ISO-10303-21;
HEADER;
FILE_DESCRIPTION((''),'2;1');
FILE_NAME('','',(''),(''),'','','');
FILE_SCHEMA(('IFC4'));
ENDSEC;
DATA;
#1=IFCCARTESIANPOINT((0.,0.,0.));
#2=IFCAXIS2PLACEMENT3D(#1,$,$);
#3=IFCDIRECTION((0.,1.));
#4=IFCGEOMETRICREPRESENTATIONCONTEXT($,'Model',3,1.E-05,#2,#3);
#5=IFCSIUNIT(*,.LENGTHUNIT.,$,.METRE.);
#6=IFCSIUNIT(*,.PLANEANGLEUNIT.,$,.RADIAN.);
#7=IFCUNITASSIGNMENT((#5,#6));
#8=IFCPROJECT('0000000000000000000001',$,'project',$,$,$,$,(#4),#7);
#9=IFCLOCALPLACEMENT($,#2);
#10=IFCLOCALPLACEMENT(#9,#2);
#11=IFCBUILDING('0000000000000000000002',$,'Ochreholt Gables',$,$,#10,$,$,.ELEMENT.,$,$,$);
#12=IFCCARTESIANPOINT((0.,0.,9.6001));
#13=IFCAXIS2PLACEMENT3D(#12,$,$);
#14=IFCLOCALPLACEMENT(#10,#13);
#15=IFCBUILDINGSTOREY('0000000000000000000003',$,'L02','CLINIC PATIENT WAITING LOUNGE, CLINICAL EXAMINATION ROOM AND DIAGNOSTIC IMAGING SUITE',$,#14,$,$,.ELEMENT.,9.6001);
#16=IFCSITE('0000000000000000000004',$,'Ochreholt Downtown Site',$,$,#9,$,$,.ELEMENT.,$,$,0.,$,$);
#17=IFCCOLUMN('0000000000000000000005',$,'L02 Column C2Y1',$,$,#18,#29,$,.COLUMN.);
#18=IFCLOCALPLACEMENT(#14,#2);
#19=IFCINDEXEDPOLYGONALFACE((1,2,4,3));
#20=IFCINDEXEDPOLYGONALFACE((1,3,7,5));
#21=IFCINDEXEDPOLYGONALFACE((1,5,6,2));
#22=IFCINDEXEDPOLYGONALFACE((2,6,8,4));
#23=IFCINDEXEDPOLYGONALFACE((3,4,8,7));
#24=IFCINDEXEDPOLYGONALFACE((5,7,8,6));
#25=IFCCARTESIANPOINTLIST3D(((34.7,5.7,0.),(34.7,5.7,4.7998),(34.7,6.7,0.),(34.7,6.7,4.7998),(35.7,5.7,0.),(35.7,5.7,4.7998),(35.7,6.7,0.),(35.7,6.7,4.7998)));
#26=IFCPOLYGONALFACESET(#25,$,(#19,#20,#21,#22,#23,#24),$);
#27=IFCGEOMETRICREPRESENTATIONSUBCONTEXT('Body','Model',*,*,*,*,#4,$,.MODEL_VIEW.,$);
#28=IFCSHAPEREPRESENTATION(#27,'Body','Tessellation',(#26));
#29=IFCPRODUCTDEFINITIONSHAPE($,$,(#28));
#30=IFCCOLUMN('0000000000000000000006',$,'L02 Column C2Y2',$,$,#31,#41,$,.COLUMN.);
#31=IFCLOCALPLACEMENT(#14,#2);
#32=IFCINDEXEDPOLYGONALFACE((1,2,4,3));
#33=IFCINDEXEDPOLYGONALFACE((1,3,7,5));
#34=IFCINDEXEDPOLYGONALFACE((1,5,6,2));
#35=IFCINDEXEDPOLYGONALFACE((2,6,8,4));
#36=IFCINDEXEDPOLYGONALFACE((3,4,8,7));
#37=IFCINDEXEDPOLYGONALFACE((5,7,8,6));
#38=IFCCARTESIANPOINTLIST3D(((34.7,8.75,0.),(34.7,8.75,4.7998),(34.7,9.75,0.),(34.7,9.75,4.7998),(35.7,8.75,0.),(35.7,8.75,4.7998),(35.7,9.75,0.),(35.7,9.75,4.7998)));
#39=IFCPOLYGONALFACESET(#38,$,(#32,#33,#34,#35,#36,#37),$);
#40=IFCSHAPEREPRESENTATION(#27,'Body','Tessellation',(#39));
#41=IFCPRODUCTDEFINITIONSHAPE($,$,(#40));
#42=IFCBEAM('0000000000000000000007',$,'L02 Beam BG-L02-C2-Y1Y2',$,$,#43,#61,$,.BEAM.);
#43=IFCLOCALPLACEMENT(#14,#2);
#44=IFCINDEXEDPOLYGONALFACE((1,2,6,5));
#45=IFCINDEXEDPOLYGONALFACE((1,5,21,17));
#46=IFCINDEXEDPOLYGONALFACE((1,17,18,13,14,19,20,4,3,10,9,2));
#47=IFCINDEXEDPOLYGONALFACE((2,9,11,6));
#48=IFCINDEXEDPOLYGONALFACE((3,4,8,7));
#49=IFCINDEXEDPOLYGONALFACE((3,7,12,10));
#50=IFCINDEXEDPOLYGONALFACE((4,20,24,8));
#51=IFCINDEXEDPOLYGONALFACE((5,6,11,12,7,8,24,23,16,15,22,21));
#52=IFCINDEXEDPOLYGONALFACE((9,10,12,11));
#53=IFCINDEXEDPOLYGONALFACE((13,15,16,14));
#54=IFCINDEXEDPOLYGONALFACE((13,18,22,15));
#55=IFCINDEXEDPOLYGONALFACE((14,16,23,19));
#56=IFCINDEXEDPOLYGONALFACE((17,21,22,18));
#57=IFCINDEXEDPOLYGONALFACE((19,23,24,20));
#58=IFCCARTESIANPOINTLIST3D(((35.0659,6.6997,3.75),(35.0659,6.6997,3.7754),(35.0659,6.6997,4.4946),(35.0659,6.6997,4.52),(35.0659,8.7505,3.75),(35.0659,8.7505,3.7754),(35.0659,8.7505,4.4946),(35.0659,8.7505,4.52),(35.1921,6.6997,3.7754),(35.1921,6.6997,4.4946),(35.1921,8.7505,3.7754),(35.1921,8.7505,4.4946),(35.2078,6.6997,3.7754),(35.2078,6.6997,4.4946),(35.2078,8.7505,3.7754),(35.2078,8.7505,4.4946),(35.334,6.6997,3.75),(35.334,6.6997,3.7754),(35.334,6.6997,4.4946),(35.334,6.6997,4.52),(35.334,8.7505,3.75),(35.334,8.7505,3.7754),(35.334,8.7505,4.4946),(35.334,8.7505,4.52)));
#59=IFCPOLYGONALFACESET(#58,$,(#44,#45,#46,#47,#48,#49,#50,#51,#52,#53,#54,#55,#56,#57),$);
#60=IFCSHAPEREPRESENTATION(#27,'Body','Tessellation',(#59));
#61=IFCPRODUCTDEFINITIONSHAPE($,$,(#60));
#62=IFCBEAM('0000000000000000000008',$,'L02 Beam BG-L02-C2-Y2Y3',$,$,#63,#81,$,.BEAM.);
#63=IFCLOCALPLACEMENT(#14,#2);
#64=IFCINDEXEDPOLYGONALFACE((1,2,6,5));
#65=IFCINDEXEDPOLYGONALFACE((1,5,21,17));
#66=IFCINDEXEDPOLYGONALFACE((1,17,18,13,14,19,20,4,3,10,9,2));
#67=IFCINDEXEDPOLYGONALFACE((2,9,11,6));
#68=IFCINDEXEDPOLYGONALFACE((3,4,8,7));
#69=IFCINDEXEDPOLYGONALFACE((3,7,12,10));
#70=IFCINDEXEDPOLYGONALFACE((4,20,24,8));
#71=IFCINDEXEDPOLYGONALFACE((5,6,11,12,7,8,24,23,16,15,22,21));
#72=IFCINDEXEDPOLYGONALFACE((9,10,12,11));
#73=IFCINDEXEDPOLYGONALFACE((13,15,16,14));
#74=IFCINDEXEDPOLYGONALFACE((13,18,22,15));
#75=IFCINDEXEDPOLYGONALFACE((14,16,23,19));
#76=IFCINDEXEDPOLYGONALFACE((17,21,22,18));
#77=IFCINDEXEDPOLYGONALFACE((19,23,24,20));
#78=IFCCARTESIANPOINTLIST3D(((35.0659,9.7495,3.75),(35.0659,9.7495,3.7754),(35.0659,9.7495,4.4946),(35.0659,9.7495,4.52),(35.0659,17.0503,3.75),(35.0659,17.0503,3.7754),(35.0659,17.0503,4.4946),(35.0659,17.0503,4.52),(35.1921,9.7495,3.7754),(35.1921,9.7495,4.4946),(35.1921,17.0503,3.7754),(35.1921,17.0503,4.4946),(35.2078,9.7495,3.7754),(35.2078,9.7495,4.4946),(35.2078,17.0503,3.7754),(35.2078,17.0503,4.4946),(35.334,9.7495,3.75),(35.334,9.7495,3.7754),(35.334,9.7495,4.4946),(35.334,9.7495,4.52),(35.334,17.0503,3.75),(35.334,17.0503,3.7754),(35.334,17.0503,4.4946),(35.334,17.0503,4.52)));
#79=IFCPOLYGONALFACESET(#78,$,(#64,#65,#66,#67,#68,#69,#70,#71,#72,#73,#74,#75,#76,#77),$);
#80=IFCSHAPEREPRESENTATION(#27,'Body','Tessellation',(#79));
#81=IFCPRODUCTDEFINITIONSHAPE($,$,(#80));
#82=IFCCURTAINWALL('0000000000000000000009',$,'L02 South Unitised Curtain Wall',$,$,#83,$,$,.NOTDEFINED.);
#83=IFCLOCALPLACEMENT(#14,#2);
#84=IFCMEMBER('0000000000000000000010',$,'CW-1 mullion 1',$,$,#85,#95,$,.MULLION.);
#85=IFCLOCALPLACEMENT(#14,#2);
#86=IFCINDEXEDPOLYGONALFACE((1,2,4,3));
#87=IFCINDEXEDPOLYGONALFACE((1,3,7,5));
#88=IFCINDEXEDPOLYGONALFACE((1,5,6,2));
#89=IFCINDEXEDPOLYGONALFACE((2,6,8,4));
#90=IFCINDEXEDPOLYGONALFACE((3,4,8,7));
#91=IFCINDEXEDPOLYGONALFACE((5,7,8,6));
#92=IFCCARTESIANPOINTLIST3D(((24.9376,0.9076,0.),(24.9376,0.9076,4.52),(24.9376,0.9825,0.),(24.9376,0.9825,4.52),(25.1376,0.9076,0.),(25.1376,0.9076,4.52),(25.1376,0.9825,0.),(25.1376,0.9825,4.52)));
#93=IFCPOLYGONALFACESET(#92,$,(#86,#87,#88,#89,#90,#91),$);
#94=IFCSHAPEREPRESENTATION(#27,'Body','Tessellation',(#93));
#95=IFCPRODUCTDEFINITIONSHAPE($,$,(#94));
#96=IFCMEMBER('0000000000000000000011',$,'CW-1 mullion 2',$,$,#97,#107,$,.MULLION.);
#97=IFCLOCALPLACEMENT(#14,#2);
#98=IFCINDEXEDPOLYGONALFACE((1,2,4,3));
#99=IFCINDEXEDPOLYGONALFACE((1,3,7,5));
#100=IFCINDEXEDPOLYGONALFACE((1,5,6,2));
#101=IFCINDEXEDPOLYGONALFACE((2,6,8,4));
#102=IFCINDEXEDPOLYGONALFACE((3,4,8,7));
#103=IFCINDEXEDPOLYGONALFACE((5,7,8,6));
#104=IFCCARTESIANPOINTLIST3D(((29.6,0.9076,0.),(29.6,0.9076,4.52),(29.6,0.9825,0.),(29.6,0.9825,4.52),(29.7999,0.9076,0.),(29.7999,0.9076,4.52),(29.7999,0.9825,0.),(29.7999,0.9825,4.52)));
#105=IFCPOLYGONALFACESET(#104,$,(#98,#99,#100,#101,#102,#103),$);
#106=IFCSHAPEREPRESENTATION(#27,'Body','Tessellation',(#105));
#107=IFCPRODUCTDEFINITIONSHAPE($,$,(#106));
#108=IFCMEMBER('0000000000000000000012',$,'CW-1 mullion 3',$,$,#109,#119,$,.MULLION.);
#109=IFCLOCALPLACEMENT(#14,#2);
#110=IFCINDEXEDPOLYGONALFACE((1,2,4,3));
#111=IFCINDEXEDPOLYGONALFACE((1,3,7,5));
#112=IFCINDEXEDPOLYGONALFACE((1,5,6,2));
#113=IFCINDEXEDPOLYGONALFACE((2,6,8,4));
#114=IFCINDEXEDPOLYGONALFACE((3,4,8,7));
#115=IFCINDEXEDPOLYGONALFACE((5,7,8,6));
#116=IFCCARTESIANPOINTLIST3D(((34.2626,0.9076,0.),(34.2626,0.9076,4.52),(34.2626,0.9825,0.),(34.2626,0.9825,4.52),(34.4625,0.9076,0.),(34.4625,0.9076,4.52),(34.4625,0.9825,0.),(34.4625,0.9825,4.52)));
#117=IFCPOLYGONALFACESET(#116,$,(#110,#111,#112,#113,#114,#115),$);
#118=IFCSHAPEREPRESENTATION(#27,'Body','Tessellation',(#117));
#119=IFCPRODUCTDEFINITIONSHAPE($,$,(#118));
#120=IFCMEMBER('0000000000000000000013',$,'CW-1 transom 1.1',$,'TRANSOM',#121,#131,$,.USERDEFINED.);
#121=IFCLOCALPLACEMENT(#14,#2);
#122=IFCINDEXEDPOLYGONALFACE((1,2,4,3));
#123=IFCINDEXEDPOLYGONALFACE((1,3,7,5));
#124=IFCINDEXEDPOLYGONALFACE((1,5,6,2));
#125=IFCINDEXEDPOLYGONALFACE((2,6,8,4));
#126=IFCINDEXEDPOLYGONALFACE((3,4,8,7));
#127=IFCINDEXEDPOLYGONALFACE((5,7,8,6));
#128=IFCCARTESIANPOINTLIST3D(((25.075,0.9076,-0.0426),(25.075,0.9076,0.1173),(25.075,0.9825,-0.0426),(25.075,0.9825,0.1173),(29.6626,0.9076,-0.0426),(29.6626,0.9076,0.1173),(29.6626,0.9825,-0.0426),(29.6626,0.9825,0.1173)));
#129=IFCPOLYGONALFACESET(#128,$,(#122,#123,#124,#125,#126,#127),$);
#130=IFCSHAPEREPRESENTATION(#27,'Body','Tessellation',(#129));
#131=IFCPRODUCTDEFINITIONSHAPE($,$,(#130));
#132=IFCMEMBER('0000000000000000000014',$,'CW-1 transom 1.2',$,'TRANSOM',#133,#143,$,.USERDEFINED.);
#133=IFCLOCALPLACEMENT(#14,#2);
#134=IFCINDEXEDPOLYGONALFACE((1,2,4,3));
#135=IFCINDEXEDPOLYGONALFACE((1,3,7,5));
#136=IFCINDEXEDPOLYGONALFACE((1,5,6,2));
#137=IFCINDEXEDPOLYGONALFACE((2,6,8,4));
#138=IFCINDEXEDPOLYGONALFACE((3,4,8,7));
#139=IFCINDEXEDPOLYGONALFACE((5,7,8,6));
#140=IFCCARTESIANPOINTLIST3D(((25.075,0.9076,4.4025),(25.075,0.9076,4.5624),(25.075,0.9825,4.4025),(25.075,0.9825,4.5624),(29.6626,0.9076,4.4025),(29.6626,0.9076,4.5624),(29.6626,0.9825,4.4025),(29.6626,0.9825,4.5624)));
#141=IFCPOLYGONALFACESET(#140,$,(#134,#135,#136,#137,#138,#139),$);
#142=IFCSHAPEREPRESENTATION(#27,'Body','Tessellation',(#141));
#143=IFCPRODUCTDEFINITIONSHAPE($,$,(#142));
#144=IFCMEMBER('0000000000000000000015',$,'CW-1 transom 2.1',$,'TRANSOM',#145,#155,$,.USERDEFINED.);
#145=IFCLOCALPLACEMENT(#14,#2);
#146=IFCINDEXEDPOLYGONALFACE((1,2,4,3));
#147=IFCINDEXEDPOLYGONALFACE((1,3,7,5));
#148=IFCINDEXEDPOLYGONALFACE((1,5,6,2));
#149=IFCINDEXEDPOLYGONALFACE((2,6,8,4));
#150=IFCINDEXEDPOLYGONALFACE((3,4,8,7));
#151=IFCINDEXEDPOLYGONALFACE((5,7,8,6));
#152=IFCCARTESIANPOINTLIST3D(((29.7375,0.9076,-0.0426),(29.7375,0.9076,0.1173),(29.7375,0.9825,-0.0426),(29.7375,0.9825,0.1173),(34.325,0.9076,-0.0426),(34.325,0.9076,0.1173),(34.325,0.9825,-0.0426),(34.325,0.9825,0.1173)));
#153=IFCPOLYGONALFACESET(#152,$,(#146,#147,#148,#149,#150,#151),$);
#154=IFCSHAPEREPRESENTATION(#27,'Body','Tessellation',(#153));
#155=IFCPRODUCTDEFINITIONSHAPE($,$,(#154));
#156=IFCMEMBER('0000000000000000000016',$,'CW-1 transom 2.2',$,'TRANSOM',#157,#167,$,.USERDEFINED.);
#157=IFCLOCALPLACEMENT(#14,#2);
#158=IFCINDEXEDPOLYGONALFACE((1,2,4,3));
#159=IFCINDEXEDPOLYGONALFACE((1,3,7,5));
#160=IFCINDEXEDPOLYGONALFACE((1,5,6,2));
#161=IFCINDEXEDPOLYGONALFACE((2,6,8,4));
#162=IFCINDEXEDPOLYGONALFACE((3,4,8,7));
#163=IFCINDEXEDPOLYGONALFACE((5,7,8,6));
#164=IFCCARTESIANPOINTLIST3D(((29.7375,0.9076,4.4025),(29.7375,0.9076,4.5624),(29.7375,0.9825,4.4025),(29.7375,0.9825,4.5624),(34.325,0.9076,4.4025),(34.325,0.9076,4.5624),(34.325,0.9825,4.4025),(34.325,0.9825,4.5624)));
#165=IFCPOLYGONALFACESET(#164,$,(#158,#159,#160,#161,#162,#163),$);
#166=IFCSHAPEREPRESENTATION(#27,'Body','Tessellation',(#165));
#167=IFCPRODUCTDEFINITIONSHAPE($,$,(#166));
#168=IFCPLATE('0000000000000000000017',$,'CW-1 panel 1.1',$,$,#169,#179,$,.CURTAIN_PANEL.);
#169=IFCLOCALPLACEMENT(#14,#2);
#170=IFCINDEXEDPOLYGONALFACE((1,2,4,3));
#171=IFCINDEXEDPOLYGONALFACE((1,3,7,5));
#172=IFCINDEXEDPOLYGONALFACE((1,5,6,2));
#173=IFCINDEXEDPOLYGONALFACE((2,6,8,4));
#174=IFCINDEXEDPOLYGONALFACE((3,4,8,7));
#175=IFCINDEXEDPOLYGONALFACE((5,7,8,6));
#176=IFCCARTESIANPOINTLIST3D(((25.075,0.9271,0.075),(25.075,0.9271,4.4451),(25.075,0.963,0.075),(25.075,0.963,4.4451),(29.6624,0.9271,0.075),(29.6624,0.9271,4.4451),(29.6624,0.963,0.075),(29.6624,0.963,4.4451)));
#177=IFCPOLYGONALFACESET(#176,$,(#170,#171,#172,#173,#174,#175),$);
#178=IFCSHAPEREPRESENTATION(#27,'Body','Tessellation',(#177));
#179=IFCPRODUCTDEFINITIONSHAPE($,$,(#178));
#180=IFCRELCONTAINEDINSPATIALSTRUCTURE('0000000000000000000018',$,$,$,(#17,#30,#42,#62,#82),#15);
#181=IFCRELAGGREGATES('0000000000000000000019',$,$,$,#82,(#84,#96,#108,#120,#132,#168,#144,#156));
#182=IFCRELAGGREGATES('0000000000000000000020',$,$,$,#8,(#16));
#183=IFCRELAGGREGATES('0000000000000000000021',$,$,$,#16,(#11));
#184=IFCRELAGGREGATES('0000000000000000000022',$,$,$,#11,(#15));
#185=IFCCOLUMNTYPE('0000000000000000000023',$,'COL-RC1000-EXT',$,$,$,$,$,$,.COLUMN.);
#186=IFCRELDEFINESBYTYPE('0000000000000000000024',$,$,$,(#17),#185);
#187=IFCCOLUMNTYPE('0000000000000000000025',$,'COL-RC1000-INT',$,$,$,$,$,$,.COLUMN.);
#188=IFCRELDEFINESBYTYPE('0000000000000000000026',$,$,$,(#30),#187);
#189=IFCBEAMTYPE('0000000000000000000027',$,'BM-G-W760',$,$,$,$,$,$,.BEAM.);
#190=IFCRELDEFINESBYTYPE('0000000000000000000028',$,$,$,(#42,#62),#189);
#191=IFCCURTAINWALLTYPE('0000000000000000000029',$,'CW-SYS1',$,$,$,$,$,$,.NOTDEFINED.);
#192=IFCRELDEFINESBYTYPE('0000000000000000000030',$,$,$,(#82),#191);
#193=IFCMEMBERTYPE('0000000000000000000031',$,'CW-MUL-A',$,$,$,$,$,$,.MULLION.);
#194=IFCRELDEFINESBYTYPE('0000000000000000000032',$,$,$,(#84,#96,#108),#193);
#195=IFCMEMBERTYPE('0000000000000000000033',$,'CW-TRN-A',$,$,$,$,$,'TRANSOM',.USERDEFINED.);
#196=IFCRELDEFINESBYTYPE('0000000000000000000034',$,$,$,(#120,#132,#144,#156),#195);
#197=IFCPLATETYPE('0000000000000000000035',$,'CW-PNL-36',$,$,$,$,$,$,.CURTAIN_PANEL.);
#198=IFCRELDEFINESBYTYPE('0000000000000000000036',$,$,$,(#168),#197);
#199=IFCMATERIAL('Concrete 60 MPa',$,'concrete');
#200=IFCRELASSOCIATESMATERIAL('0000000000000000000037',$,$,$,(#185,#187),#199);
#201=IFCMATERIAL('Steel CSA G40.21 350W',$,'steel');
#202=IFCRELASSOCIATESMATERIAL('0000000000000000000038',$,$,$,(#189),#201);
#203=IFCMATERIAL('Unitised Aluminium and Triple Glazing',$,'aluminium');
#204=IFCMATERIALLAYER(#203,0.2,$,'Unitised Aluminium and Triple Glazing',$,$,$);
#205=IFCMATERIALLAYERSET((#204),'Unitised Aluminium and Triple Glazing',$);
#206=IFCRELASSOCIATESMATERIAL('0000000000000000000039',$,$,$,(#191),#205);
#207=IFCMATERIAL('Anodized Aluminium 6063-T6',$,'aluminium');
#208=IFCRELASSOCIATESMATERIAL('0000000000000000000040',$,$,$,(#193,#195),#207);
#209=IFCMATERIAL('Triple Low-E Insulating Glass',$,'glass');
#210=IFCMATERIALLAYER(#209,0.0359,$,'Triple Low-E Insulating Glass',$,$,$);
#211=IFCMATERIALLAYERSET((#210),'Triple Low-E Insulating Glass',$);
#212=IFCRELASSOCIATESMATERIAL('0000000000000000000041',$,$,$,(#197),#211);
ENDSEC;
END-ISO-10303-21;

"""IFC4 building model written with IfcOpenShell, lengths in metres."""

from ifc_helpers import new_model, si_unit, direction, frame, origin, origin_2d, place, context, subcontext, project, spatial, rectangle, i_section, extrude, material, layer, layer_set, material_profile, profile_set, type_object, element, aggregate, save


model = new_model("IFC4")

# Units and contexts
model_context = context("Model", 3, precision=1e-05, world=origin(), true_north=direction((0.0, 1.0)))
body_context = subcontext(model_context, "Body", "Model", "MODEL_VIEW")
ifc_project = project(units=[si_unit("LENGTHUNIT", "METRE"), si_unit("PLANEANGLEUNIT", "RADIAN")], contexts=[model_context])

# Site, building, storey
site_placement = place(None, origin())
site = spatial("IfcSite", under=ifc_project, at=site_placement, Name="Ochreholt Downtown Site", CompositionType="ELEMENT", RefElevation=0.0)
building_placement = place(site_placement, origin())
building = spatial("IfcBuilding", under=site, at=building_placement, Name="Ochreholt Gables", CompositionType="ELEMENT")
storey_placement = place(building_placement, frame((0.0, 0.0, 9.6001)))
storey = spatial("IfcBuildingStorey", under=building, at=storey_placement, Name="L02", Description="CLINIC PATIENT WAITING LOUNGE, CLINICAL EXAMINATION ROOM AND DIAGNOSTIC IMAGING SUITE", CompositionType="ELEMENT", Elevation=9.6001)

# Columns
ifc_material_1 = material(Name="Concrete 60 MPa", Category="concrete")
ifc_material_profile_1 = material_profile(ifc_material_1, rectangle(XDim=1.0, YDim=1.0, at=origin_2d()), Name="RC1000X1000")
ifc_profile_set_1 = profile_set([ifc_material_profile_1], Name="Concrete 60 MPa")
column_type_1 = type_object("IfcColumnType", Name="COL-RC1000-EXT", PredefinedType="COLUMN", material=ifc_profile_set_1)
column_1_placement = place(storey_placement, frame((35.2, 6.2, 0.0), z_axis=(0.0, 0.0, 1.0), x_axis=(1.0, 0.0, 0.0)))
element("IfcColumn", 1, at=column_1_placement, inside=storey, type_object=column_type_1, Name="L02 Column C2Y1", PredefinedType="COLUMN", context=body_context, shape_type="SweptSolid", body=[
    extrude(rectangle(XDim=1.0, YDim=1.0, at=origin_2d()), origin(), (0.0, 0.0, 1.0), 4.7998),
])
ifc_material_profile_2 = material_profile(ifc_material_1, rectangle(XDim=1.0, YDim=1.0, at=origin_2d()), Name="RC1000X1000")
ifc_profile_set_2 = profile_set([ifc_material_profile_2], Name="Concrete 60 MPa")
column_type_2 = type_object("IfcColumnType", Name="COL-RC1000-INT", PredefinedType="COLUMN", material=ifc_profile_set_2)
column_2_placement = place(storey_placement, frame((35.2, 9.25, 0.0), z_axis=(0.0, 0.0, 1.0), x_axis=(1.0, 0.0, 0.0)))
element("IfcColumn", 2, at=column_2_placement, inside=storey, type_object=column_type_2, Name="L02 Column C2Y2", PredefinedType="COLUMN", context=body_context, shape_type="SweptSolid", body=[
    extrude(rectangle(XDim=1.0, YDim=1.0, at=origin_2d()), origin(), (0.0, 0.0, 1.0), 4.7998),
])

# Beams
ifc_material_2 = material(Name="Steel CSA G40.21 350W", Category="steel")
ifc_material_profile_3 = material_profile(ifc_material_2, i_section(OverallWidth=0.2681, OverallDepth=0.77, WebThickness=0.0156, FlangeThickness=0.0254, at=origin_2d()), Name="W760X196")
ifc_profile_set_3 = profile_set([ifc_material_profile_3], Name="Steel CSA G40.21 350W")
beam_type = type_object("IfcBeamType", Name="BM-G-W760", PredefinedType="BEAM", material=ifc_profile_set_3)
beam_1_placement = place(storey_placement, frame((35.2, 6.6997, 4.135), z_axis=(0.0, 1.0, 0.0), x_axis=(-1.0, 0.0, 0.0)))
element("IfcBeam", 3, at=beam_1_placement, inside=storey, type_object=beam_type, Name="L02 Beam BG-L02-C2-Y1Y2", PredefinedType="BEAM", context=body_context, shape_type="SweptSolid", body=[
    extrude(i_section(OverallWidth=0.2681, OverallDepth=0.77, WebThickness=0.0156, FlangeThickness=0.0254, at=origin_2d()), origin(), (0.0, 0.0, 1.0), 2.0508),
])
beam_2_placement = place(storey_placement, frame((35.2, 9.7495, 4.135), z_axis=(0.0, 1.0, 0.0), x_axis=(-1.0, 0.0, 0.0)))
element("IfcBeam", 4, at=beam_2_placement, inside=storey, type_object=beam_type, Name="L02 Beam BG-L02-C2-Y2Y3", PredefinedType="BEAM", context=body_context, shape_type="SweptSolid", body=[
    extrude(i_section(OverallWidth=0.2681, OverallDepth=0.77, WebThickness=0.0156, FlangeThickness=0.0254, at=origin_2d()), origin(), (0.0, 0.0, 1.0), 7.3008),
])

# Curtain wall, members, plate
ifc_material_3 = material(Name="Unitised Aluminium and Triple Glazing", Category="aluminium")
ifc_layer_1 = layer(ifc_material_3, 0.2, Name="Unitised Aluminium and Triple Glazing")
ifc_layer_set_1 = layer_set([ifc_layer_1], Name="Unitised Aluminium and Triple Glazing")
curtain_wall_type = type_object("IfcCurtainWallType", Name="CW-SYS1", PredefinedType="NOTDEFINED", material=ifc_layer_set_1)
curtain_wall_placement = place(storey_placement, origin())
curtain_wall = element("IfcCurtainWall", 5, at=curtain_wall_placement, inside=storey, type_object=curtain_wall_type, Name="L02 South Unitised Curtain Wall", PredefinedType="NOTDEFINED")
ifc_material_4 = material(Name="Anodized Aluminium 6063-T6", Category="aluminium")
ifc_material_profile_4 = material_profile(ifc_material_4, rectangle(XDim=0.075, YDim=0.2, at=origin_2d()), Name="CWM75X200")
ifc_profile_set_4 = profile_set([ifc_material_profile_4], Name="Anodized Aluminium 6063-T6")
member_type_1 = type_object("IfcMemberType", Name="CW-MUL-A", PredefinedType="MULLION", material=ifc_profile_set_4)
member_1_placement = place(storey_placement, frame((25.0376, 0.9451, 0.0), z_axis=(0.0, 0.0, 1.0), x_axis=(0.0, 1.0, 0.0)))
member_1 = element("IfcMember", 6, at=member_1_placement, type_object=member_type_1, Name="CW-1 mullion 1", PredefinedType="MULLION", context=body_context, shape_type="SweptSolid", body=[
    extrude(rectangle(XDim=0.075, YDim=0.2, at=origin_2d()), origin(), (0.0, 0.0, 1.0), 4.52),
])
member_2_placement = place(storey_placement, frame((29.7, 0.9451, 0.0), z_axis=(0.0, 0.0, 1.0), x_axis=(0.0, 1.0, 0.0)))
member_2 = element("IfcMember", 7, at=member_2_placement, type_object=member_type_1, Name="CW-1 mullion 2", PredefinedType="MULLION", context=body_context, shape_type="SweptSolid", body=[
    extrude(rectangle(XDim=0.075, YDim=0.2, at=origin_2d()), origin(), (0.0, 0.0, 1.0), 4.52),
])
member_3_placement = place(storey_placement, frame((34.3625, 0.9451, 0.0), z_axis=(0.0, 0.0, 1.0), x_axis=(0.0, 1.0, 0.0)))
member_3 = element("IfcMember", 8, at=member_3_placement, type_object=member_type_1, Name="CW-1 mullion 3", PredefinedType="MULLION", context=body_context, shape_type="SweptSolid", body=[
    extrude(rectangle(XDim=0.075, YDim=0.2, at=origin_2d()), origin(), (0.0, 0.0, 1.0), 4.52),
])
ifc_material_profile_5 = material_profile(ifc_material_4, rectangle(XDim=0.075, YDim=0.1599, at=origin_2d()), Name="CWT75X160")
ifc_profile_set_5 = profile_set([ifc_material_profile_5], Name="Anodized Aluminium 6063-T6")
member_type_2 = type_object("IfcMemberType", Name="CW-TRN-A", ElementType="TRANSOM", PredefinedType="USERDEFINED", material=ifc_profile_set_5)
member_4_placement = place(storey_placement, frame((25.075, 0.9451, 0.0374), z_axis=(1.0, 0.0, 0.0), x_axis=(0.0, 1.0, 0.0)))
member_4 = element("IfcMember", 9, at=member_4_placement, type_object=member_type_2, Name="CW-1 transom 1.1", ObjectType="TRANSOM", PredefinedType="USERDEFINED", context=body_context, shape_type="SweptSolid", body=[
    extrude(rectangle(XDim=0.075, YDim=0.1599, at=origin_2d()), origin(), (0.0, 0.0, 1.0), 4.5876),
])
member_5_placement = place(storey_placement, frame((25.075, 0.9451, 4.4824), z_axis=(1.0, 0.0, 0.0), x_axis=(0.0, 1.0, 0.0)))
member_5 = element("IfcMember", 10, at=member_5_placement, type_object=member_type_2, Name="CW-1 transom 1.2", ObjectType="TRANSOM", PredefinedType="USERDEFINED", context=body_context, shape_type="SweptSolid", body=[
    extrude(rectangle(XDim=0.075, YDim=0.1599, at=origin_2d()), origin(), (0.0, 0.0, 1.0), 4.5876),
])
member_6_placement = place(storey_placement, frame((29.7375, 0.9451, 0.0374), z_axis=(1.0, 0.0, 0.0), x_axis=(0.0, 1.0, 0.0)))
member_6 = element("IfcMember", 11, at=member_6_placement, type_object=member_type_2, Name="CW-1 transom 2.1", ObjectType="TRANSOM", PredefinedType="USERDEFINED", context=body_context, shape_type="SweptSolid", body=[
    extrude(rectangle(XDim=0.075, YDim=0.1599, at=origin_2d()), origin(), (0.0, 0.0, 1.0), 4.5874),
])
member_7_placement = place(storey_placement, frame((29.7375, 0.9451, 4.4824), z_axis=(1.0, 0.0, 0.0), x_axis=(0.0, 1.0, 0.0)))
member_7 = element("IfcMember", 12, at=member_7_placement, type_object=member_type_2, Name="CW-1 transom 2.2", ObjectType="TRANSOM", PredefinedType="USERDEFINED", context=body_context, shape_type="SweptSolid", body=[
    extrude(rectangle(XDim=0.075, YDim=0.1599, at=origin_2d()), origin(), (0.0, 0.0, 1.0), 4.5874),
])
ifc_material_5 = material(Name="Triple Low-E Insulating Glass", Category="glass")
ifc_layer_2 = layer(ifc_material_5, 0.0359, Name="Triple Low-E Insulating Glass")
ifc_layer_set_2 = layer_set([ifc_layer_2], Name="Triple Low-E Insulating Glass")
plate_type = type_object("IfcPlateType", Name="CW-PNL-36", PredefinedType="CURTAIN_PANEL", material=ifc_layer_set_2)
plate_1_placement = place(storey_placement, frame((27.3687, 0.9451, 0.075), z_axis=(0.0, 0.0, 1.0), x_axis=(1.0, 0.0, 0.0)))
plate_1 = element("IfcPlate", 13, at=plate_1_placement, type_object=plate_type, Name="CW-1 panel 1.1", PredefinedType="CURTAIN_PANEL", context=body_context, shape_type="SweptSolid", body=[
    extrude(rectangle(XDim=4.5874, YDim=0.0359, at=origin_2d()), origin(), (0.0, 0.0, 1.0), 4.3701),
])
aggregate(curtain_wall, [member_1, member_2, member_3, member_4, member_5, plate_1, member_6, member_7])

save(model, "model.ifc")
